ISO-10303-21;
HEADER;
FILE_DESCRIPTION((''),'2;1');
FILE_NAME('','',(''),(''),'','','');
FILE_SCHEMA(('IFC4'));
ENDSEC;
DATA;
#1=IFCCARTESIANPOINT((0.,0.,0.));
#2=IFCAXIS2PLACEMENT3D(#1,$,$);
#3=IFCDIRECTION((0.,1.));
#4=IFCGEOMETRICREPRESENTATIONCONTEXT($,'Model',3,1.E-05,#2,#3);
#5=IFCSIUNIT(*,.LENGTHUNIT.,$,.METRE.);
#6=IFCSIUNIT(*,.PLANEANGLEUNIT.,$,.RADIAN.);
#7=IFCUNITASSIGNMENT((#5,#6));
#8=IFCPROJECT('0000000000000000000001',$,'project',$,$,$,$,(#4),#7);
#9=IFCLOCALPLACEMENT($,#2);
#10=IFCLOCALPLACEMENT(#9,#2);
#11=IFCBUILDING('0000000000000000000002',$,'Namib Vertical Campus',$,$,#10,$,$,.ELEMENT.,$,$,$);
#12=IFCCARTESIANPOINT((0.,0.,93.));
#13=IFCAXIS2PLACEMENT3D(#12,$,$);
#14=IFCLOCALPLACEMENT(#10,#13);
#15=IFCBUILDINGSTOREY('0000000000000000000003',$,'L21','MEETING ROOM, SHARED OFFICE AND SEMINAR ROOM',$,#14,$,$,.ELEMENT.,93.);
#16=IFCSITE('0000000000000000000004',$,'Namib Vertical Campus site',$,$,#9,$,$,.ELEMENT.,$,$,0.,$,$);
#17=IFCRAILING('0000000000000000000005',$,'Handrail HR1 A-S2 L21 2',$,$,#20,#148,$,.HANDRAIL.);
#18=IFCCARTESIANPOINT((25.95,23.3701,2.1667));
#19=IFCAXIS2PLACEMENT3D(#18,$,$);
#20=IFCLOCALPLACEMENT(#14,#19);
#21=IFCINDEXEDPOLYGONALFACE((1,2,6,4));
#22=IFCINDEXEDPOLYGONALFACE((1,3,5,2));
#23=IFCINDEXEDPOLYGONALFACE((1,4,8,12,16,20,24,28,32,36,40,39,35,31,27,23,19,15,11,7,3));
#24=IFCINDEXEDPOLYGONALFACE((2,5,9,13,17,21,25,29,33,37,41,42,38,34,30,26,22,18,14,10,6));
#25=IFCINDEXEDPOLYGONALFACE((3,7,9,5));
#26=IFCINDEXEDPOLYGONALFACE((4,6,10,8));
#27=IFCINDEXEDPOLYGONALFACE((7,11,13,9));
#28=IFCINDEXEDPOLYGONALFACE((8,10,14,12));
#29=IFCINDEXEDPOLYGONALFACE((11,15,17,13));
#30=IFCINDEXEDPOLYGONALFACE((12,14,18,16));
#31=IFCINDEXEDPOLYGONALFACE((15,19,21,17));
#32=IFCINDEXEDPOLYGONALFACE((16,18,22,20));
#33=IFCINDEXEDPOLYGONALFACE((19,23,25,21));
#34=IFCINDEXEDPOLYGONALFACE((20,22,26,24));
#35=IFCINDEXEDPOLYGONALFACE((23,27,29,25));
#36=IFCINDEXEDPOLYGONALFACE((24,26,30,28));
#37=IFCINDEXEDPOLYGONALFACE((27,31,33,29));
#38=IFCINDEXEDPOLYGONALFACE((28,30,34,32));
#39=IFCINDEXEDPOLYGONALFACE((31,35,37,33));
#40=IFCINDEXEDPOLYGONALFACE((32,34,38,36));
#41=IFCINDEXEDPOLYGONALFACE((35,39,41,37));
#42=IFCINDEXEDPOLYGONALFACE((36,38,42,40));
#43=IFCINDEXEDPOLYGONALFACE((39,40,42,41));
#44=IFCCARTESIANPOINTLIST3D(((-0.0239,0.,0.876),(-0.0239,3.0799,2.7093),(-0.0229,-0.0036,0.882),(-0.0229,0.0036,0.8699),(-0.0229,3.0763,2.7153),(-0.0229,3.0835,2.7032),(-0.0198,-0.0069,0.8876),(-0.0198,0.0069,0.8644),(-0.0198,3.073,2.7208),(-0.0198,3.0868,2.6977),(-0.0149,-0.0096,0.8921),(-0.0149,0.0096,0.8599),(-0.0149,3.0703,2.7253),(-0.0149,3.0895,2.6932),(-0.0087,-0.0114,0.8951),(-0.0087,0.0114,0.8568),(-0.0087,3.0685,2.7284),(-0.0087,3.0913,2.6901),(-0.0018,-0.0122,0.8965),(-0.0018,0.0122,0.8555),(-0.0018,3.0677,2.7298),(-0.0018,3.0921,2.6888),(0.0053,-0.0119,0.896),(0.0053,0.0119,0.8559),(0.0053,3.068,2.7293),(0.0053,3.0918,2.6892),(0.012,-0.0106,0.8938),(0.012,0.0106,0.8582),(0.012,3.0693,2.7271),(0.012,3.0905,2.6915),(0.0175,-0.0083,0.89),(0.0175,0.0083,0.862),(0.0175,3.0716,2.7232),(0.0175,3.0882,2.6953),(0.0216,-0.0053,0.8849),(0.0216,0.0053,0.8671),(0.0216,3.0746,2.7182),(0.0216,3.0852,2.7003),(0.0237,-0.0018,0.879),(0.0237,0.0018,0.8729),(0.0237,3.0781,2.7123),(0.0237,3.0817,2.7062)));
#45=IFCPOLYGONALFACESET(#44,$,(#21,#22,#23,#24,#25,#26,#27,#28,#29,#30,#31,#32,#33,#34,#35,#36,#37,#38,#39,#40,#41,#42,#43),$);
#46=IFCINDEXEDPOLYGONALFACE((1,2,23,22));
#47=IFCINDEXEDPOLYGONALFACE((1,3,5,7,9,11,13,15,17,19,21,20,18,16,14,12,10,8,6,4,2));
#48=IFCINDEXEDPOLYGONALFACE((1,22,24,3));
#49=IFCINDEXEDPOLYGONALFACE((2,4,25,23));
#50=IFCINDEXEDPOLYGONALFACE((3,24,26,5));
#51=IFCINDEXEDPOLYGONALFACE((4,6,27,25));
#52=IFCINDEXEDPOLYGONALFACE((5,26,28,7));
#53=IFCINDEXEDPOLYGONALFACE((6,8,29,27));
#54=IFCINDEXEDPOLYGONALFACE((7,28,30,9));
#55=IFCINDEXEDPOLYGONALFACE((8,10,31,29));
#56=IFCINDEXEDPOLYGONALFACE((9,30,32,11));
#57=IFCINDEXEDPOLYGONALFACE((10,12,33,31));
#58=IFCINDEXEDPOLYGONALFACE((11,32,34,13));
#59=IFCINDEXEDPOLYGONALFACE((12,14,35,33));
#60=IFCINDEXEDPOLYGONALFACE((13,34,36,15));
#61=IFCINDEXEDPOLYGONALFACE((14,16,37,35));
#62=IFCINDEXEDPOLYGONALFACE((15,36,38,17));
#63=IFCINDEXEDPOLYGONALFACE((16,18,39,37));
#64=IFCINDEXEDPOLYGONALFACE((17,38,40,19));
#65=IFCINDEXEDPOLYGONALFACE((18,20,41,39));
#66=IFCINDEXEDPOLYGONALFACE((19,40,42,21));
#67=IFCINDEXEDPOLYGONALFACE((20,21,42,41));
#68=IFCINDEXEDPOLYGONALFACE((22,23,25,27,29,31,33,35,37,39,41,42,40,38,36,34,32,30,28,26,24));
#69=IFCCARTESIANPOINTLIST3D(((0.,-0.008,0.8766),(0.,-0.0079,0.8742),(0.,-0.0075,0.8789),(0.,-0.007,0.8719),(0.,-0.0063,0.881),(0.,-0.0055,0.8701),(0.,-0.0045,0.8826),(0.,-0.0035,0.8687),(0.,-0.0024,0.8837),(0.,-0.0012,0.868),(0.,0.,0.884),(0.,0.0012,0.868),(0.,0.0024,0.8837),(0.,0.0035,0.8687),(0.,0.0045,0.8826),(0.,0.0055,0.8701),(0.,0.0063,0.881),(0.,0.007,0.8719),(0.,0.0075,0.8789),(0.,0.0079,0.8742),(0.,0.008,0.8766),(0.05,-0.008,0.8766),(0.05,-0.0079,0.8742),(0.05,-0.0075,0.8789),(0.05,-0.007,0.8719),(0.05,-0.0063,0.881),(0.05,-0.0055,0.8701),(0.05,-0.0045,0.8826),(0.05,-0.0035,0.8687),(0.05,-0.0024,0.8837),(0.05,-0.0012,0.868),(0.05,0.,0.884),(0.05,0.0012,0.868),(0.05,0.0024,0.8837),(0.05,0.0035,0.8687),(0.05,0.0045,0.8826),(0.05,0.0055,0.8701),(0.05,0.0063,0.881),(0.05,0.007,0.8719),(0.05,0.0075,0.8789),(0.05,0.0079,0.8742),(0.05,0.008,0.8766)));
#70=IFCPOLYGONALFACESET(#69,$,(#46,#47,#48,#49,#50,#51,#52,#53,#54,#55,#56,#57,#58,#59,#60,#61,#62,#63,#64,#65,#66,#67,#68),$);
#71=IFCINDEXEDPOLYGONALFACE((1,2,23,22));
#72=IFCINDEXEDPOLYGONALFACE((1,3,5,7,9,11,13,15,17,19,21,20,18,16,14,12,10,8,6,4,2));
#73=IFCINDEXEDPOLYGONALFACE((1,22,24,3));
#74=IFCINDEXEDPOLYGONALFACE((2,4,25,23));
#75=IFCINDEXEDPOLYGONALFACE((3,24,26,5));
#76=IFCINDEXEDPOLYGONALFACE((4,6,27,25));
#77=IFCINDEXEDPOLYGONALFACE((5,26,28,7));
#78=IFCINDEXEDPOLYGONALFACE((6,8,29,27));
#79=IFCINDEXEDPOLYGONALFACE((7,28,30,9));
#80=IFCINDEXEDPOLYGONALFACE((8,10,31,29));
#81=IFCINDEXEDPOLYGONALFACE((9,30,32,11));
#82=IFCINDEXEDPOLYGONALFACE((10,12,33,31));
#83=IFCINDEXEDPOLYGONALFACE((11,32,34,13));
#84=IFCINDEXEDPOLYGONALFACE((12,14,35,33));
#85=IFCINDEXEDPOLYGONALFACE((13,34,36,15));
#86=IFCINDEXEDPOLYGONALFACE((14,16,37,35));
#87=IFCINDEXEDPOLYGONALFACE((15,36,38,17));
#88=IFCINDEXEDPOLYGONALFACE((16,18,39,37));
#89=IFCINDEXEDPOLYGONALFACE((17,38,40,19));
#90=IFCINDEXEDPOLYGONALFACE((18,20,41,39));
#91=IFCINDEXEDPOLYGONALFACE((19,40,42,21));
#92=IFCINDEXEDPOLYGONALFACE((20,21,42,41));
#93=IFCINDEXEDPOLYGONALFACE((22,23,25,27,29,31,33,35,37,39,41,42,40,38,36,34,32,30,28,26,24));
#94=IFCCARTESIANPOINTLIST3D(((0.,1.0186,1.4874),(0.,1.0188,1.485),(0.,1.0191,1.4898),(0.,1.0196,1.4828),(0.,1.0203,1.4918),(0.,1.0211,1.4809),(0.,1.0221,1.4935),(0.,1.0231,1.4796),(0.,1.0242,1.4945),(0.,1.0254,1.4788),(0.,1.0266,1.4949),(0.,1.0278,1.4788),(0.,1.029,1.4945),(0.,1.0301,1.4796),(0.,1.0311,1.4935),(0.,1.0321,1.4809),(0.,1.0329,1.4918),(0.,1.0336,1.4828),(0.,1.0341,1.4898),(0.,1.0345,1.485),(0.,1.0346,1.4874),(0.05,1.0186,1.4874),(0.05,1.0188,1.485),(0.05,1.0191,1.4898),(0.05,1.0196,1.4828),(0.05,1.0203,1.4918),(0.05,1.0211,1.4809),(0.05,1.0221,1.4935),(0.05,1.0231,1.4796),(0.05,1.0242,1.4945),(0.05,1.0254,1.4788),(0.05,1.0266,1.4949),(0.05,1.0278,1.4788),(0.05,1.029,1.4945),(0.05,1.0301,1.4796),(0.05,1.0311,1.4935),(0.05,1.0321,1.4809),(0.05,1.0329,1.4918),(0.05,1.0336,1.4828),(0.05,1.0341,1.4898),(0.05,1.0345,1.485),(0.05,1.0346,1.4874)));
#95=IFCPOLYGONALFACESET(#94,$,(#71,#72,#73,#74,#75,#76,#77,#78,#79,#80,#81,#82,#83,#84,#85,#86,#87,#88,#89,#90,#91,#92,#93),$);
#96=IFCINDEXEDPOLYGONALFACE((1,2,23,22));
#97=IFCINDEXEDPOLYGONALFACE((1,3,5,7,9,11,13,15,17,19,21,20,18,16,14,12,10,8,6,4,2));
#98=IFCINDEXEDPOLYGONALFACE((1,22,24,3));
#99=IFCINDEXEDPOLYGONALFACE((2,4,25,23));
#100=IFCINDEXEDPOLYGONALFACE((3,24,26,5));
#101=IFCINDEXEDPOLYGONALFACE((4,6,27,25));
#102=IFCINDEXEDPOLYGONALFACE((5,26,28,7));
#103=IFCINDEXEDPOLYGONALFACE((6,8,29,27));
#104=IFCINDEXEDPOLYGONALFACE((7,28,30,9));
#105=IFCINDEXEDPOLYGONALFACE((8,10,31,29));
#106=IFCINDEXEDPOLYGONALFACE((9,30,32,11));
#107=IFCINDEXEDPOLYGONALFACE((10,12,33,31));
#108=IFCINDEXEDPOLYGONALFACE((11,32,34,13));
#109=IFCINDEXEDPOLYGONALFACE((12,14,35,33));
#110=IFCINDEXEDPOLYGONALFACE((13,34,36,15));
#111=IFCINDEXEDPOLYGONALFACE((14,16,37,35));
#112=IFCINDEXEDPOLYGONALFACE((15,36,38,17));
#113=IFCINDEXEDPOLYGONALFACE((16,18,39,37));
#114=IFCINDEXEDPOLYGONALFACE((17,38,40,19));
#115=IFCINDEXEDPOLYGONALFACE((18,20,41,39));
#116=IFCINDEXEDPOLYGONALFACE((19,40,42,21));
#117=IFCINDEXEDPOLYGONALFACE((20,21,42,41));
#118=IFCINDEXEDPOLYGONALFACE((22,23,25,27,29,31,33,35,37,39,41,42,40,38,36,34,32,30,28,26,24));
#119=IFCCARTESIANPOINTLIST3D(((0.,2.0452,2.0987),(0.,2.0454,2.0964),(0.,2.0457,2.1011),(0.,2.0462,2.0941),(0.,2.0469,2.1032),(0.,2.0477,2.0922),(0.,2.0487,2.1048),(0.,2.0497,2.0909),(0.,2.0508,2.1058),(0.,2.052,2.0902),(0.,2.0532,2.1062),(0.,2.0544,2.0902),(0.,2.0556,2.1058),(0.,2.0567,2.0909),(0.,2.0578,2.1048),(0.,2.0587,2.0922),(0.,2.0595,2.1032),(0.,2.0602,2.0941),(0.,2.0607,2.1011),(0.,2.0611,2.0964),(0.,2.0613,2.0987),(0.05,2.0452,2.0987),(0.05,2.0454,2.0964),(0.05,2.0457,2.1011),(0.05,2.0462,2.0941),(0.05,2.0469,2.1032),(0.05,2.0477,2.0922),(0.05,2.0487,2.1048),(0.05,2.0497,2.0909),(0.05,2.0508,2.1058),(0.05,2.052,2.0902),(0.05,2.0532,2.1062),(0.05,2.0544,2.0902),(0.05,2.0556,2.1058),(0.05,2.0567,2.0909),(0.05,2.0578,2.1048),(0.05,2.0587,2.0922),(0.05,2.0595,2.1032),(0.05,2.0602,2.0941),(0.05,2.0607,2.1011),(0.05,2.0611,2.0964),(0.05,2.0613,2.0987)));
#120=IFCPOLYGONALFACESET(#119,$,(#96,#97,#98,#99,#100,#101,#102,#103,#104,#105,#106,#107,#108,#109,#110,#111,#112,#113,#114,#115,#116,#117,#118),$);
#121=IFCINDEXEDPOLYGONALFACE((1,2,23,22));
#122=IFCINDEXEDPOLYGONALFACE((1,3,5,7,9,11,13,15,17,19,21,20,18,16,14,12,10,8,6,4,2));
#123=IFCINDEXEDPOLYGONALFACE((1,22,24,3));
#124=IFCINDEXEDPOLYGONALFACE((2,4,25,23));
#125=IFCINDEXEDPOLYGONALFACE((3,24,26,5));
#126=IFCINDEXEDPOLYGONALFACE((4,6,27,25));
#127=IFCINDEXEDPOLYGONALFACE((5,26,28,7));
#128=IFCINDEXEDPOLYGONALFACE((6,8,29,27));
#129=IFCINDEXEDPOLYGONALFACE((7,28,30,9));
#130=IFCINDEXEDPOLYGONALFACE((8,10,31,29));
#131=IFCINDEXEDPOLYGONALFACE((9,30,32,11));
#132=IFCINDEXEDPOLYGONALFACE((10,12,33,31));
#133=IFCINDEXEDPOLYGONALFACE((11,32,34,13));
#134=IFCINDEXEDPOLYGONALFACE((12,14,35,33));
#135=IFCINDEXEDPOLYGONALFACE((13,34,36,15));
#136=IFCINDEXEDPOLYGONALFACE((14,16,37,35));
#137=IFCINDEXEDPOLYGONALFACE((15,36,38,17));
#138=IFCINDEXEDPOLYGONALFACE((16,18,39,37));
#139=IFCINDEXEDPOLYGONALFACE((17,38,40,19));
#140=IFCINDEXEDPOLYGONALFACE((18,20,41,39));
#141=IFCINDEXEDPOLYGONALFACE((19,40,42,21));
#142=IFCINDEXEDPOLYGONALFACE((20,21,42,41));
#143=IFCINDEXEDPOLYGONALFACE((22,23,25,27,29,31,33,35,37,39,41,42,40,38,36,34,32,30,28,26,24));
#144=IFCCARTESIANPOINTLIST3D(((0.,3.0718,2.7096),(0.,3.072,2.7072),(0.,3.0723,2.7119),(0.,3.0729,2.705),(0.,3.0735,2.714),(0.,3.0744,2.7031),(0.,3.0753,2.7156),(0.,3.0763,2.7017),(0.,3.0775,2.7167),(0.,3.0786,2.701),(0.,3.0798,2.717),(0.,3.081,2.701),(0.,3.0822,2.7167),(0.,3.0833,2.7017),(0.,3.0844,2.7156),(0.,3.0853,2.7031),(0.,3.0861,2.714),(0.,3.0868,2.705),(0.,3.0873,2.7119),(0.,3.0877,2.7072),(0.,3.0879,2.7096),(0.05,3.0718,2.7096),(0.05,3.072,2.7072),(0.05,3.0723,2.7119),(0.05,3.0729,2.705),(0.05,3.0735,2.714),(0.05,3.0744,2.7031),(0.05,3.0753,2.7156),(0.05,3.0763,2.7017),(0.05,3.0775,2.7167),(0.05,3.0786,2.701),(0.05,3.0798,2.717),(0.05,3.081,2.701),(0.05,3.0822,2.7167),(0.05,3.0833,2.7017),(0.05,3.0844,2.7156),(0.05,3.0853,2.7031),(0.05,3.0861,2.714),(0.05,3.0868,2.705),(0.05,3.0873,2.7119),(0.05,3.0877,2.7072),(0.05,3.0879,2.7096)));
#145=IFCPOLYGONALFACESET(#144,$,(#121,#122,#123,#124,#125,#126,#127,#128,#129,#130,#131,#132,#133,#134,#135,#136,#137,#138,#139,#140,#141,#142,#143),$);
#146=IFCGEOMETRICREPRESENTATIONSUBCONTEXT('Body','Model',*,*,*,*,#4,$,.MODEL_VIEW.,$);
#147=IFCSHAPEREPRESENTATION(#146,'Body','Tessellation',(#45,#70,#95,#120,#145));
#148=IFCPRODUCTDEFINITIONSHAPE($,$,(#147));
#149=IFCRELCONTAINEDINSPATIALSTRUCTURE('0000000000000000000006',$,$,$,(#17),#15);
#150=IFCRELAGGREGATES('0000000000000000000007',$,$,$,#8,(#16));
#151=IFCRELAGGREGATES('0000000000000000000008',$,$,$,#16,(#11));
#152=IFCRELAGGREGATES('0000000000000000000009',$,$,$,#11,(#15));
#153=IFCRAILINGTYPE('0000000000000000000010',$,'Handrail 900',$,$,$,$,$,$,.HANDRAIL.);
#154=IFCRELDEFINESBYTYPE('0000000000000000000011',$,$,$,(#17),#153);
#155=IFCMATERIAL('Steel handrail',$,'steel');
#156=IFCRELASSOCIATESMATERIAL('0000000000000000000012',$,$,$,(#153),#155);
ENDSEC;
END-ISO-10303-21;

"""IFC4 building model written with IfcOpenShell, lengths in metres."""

from ifc_helpers import new_model, si_unit, direction, frame, origin, origin_2d, place, context, subcontext, project, spatial, circle, extrude, material, type_object, element, save


model = new_model("IFC4")

# Units and contexts
model_context = context("Model", 3, precision=1e-05, world=origin(), true_north=direction((0.0, 1.0)))
body_context = subcontext(model_context, "Body", "Model", "MODEL_VIEW")
ifc_project = project(units=[si_unit("LENGTHUNIT", "METRE"), si_unit("PLANEANGLEUNIT", "RADIAN")], contexts=[model_context])

# Site, building, storey
site_placement = place(None, origin())
site = spatial("IfcSite", under=ifc_project, at=site_placement, Name="Namib Vertical Campus site", CompositionType="ELEMENT", RefElevation=0.0)
building_placement = place(site_placement, origin())
building = spatial("IfcBuilding", under=site, at=building_placement, Name="Namib Vertical Campus", CompositionType="ELEMENT")
storey_placement = place(building_placement, frame((0.0, 0.0, 93.0)))
storey = spatial("IfcBuildingStorey", under=building, at=storey_placement, Name="L21", Description="MEETING ROOM, SHARED OFFICE AND SEMINAR ROOM", CompositionType="ELEMENT", Elevation=93.0)

# Railing
ifc_material_1 = material(Name="Steel handrail", Category="steel")
railing_type_1 = type_object("IfcRailingType", Name="Handrail 900", PredefinedType="HANDRAIL", material=ifc_material_1)
railing_1_placement = place(storey_placement, frame((25.95, 23.3701, 2.1667)))
element("IfcRailing", 1, at=railing_1_placement, inside=storey, type_object=railing_type_1, Name="Handrail HR1 A-S2 L21 2", PredefinedType="HANDRAIL", context=body_context, shape_type="SweptSolid", body=[
    extrude(circle(Radius=0.0239, at=origin_2d()), frame((0.0, 0.0, 0.876), z_axis=(0.0, 0.859291, 0.511487), x_axis=(-1.0, 0.0, 0.0)), (0.0, 0.0, 1.0), 3.5842),
    extrude(circle(Radius=0.0081, at=origin_2d()), frame((0.0, 0.0, 0.876), z_axis=(1.0, 0.0, 0.0), x_axis=(0.0, 0.0, 1.0)), (0.0, 0.0, 1.0), 0.05),
    extrude(circle(Radius=0.0081, at=origin_2d()), frame((0.0, 1.0266, 1.4868), z_axis=(1.0, 0.0, 0.0), x_axis=(0.0, 0.0, 1.0)), (0.0, 0.0, 1.0), 0.05),
    extrude(circle(Radius=0.0081, at=origin_2d()), frame((0.0, 2.0532, 2.0981), z_axis=(1.0, 0.0, 0.0), x_axis=(0.0, 0.0, 1.0)), (0.0, 0.0, 1.0), 0.05),
    extrude(circle(Radius=0.0081, at=origin_2d()), frame((0.0, 3.0798, 2.709), z_axis=(1.0, 0.0, 0.0), x_axis=(0.0, 0.0, 1.0)), (0.0, 0.0, 1.0), 0.05),
])

save(model, "model.ifc")
